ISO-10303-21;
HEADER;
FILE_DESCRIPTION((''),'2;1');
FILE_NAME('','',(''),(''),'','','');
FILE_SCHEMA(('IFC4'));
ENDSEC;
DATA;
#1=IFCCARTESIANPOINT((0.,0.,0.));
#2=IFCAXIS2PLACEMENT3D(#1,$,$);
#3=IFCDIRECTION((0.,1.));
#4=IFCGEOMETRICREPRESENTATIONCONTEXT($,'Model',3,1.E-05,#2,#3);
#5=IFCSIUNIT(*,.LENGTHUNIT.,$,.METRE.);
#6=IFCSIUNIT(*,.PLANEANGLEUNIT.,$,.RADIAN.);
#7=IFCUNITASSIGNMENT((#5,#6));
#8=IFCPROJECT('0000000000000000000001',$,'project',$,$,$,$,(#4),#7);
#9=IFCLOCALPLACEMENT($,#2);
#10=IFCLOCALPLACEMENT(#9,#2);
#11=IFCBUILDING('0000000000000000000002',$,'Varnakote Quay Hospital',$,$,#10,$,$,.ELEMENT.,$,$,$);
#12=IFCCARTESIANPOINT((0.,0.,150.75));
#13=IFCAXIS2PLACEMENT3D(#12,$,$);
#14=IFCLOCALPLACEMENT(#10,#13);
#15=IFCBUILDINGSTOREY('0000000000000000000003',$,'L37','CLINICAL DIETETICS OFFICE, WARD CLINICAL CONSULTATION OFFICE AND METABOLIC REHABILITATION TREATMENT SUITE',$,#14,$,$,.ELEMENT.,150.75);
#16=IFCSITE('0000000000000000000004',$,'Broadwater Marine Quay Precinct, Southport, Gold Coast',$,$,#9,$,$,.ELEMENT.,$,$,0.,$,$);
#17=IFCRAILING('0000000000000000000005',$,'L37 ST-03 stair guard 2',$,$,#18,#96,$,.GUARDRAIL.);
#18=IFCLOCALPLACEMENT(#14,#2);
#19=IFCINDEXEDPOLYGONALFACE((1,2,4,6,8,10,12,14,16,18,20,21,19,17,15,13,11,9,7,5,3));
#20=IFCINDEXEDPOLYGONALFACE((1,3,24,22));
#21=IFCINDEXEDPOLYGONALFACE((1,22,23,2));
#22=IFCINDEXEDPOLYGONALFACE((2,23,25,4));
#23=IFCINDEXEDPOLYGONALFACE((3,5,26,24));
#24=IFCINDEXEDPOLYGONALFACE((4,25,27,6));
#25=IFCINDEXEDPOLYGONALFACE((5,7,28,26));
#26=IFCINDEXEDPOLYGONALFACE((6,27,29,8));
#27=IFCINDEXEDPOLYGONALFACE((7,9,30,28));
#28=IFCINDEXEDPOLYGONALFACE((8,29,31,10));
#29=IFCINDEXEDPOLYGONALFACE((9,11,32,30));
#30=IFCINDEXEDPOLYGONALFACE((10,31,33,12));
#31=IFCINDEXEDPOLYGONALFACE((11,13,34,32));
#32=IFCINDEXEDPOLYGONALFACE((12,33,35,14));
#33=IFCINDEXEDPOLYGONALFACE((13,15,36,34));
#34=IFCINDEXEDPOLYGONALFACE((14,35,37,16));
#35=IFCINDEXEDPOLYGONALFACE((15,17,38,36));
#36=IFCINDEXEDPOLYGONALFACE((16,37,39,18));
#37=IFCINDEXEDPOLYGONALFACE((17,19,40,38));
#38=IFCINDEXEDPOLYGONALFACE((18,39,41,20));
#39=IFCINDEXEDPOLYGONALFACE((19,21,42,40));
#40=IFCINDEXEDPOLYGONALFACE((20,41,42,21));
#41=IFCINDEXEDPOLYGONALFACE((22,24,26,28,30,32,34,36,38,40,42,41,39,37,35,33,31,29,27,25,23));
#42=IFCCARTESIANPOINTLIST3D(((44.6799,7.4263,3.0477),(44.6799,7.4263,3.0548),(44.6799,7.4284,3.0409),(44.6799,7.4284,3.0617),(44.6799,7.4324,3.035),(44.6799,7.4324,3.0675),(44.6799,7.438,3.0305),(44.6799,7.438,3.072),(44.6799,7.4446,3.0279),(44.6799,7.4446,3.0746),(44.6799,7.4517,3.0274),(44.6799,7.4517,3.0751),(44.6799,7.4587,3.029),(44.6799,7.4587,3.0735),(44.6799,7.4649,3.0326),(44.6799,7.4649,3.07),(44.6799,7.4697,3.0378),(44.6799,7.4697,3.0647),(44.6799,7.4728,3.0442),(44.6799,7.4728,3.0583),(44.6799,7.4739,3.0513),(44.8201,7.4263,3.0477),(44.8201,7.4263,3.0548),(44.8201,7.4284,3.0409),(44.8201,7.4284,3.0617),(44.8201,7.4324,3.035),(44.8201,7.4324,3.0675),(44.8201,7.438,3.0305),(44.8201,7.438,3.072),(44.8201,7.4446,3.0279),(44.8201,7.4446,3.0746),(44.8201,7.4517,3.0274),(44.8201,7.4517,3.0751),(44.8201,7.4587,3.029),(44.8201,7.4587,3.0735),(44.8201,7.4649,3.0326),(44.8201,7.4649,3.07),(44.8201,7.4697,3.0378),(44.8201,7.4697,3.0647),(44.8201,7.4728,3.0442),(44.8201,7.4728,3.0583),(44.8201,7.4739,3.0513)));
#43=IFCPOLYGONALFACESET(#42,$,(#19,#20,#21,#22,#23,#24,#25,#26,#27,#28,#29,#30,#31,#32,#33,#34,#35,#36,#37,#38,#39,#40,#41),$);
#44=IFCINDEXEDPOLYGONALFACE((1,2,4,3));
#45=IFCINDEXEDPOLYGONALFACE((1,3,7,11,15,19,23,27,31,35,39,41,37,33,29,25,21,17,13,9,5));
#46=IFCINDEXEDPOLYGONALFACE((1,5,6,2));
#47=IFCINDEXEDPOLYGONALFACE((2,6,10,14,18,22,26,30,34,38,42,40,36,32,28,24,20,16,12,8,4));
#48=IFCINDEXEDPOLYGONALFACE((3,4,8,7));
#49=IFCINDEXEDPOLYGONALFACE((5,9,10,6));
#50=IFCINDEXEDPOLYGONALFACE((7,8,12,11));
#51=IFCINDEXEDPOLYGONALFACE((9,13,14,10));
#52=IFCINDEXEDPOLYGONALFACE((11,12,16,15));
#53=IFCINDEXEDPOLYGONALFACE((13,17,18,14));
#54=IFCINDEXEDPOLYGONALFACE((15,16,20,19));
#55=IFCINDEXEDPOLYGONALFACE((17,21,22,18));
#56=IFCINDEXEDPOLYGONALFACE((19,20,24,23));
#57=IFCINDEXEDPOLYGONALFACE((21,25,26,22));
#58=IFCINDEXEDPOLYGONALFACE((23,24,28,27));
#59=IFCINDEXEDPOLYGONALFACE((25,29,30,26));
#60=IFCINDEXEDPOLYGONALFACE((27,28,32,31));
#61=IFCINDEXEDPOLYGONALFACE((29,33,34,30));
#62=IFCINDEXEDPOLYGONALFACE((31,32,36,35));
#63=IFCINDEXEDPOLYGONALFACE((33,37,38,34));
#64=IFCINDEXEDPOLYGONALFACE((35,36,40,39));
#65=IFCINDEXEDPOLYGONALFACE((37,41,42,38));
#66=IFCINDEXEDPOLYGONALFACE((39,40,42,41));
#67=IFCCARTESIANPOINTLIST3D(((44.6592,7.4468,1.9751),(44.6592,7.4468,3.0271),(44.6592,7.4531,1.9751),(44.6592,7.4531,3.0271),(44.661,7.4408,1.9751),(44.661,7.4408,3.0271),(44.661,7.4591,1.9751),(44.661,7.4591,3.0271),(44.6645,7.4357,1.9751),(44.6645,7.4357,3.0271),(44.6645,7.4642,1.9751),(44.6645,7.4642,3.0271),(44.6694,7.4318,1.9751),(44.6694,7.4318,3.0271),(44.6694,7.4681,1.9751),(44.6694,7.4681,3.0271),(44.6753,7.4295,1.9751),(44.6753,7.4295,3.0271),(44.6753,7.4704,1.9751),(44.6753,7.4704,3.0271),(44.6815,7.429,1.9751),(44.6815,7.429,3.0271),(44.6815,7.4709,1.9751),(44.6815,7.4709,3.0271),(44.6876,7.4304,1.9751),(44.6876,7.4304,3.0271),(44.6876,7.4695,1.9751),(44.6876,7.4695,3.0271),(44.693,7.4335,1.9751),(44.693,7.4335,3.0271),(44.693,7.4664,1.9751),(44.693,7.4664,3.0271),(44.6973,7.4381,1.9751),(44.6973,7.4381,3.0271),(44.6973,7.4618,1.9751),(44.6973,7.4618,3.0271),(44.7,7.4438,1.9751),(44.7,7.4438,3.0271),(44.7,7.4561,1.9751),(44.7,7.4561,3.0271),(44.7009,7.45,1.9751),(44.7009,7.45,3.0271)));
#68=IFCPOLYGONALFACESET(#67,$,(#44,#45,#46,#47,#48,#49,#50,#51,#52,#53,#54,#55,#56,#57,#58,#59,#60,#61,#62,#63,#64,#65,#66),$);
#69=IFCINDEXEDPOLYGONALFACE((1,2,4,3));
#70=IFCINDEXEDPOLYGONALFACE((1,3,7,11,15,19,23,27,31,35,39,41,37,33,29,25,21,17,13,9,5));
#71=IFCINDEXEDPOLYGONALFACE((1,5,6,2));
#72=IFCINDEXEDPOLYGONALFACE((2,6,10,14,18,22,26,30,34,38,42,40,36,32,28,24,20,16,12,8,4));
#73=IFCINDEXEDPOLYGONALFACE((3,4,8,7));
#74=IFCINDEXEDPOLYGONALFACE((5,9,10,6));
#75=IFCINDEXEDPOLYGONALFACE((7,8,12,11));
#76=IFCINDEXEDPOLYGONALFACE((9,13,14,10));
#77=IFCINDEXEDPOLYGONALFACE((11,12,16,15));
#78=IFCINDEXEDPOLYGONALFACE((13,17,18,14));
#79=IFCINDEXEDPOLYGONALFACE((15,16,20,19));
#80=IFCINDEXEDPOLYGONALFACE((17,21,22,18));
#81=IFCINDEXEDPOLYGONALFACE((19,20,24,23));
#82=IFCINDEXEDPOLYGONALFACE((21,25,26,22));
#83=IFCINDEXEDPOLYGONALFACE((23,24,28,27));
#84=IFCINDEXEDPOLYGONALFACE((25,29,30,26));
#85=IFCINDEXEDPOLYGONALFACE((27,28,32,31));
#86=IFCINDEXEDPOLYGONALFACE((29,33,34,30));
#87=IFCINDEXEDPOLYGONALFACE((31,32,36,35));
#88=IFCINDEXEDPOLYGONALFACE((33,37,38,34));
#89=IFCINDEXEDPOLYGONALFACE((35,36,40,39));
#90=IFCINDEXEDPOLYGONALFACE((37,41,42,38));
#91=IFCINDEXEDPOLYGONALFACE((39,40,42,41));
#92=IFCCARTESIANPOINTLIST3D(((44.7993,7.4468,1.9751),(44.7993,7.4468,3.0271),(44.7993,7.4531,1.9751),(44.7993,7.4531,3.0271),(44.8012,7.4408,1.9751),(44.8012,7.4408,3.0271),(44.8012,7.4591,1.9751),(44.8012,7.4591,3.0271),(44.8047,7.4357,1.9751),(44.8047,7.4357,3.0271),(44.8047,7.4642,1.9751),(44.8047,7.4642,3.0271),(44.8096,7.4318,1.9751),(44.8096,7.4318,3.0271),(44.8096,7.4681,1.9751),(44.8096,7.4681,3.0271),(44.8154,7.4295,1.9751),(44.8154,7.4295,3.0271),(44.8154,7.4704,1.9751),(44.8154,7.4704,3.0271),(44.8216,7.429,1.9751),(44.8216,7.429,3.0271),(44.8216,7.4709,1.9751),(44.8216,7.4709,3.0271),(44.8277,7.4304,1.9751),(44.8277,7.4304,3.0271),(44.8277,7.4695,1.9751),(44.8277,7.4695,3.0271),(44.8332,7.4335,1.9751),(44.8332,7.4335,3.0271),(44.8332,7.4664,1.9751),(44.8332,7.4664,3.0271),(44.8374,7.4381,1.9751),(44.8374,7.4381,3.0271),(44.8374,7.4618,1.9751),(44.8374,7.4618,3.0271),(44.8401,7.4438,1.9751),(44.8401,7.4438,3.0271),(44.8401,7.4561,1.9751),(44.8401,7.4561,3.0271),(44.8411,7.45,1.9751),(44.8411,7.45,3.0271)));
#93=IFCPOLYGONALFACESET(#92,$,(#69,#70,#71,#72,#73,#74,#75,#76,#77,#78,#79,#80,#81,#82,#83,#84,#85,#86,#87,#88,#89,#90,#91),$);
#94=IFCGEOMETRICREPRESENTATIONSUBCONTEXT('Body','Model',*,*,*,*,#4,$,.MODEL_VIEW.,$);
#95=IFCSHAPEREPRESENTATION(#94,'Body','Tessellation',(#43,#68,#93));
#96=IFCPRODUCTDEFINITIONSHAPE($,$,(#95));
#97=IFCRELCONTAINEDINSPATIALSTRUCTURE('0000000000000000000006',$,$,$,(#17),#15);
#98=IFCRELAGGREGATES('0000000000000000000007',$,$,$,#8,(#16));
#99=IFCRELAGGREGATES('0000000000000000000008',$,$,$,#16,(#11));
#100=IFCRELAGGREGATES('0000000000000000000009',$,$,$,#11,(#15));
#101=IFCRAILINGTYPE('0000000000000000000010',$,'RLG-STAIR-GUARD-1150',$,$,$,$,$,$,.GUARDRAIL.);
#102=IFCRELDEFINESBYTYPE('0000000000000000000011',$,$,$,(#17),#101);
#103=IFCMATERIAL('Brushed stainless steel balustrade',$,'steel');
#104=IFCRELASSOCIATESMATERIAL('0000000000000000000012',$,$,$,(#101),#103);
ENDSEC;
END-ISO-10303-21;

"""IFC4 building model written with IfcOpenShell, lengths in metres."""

from ifc_helpers import new_model, si_unit, direction, frame, origin, origin_2d, place, context, subcontext, project, spatial, circle, extrude, material, type_object, element, save


model = new_model("IFC4")

# Units and contexts
model_context = context("Model", 3, precision=1e-05, world=origin(), true_north=direction((0.0, 1.0)))
body_context = subcontext(model_context, "Body", "Model", "MODEL_VIEW")
ifc_project = project(units=[si_unit("LENGTHUNIT", "METRE"), si_unit("PLANEANGLEUNIT", "RADIAN")], contexts=[model_context])

# Site, building, storey
site_placement = place(None, origin())
site = spatial("IfcSite", under=ifc_project, at=site_placement, Name="Broadwater Marine Quay Precinct, Southport, Gold Coast", CompositionType="ELEMENT", RefElevation=0.0)
building_placement = place(site_placement, origin())
building = spatial("IfcBuilding", under=site, at=building_placement, Name="Varnakote Quay Hospital", CompositionType="ELEMENT")
storey_placement = place(building_placement, frame((0.0, 0.0, 150.75)))
storey = spatial("IfcBuildingStorey", under=building, at=storey_placement, Name="L37", Description="CLINICAL DIETETICS OFFICE, WARD CLINICAL CONSULTATION OFFICE AND METABOLIC REHABILITATION TREATMENT SUITE", CompositionType="ELEMENT", Elevation=150.75)

# Railing
ifc_material_1 = material(Name="Brushed stainless steel balustrade", Category="steel")
railing_type_1 = type_object("IfcRailingType", Name="RLG-STAIR-GUARD-1150", PredefinedType="GUARDRAIL", material=ifc_material_1)
railing_1_placement = place(storey_placement, frame((44.6799, 7.45, 1.9751)))
element("IfcRailing", 1, at=railing_1_placement, inside=storey, type_object=railing_type_1, Name="L37 ST-03 stair guard 2", PredefinedType="GUARDRAIL", context=body_context, shape_type="SweptSolid", body=[
    extrude(circle(Radius=0.0239, at=origin_2d()), frame((0.0, 0.0, 1.0762), z_axis=(1.0, 0.0, 0.0), x_axis=(0.0, 1.0, 0.0)), (0.0, 0.0, 1.0), 0.1401),
    extrude(circle(Radius=0.021, at=origin_2d()), origin(), (0.0, 0.0, 1.0), 1.052),
    extrude(circle(Radius=0.021, at=origin_2d()), frame((0.1401, 0.0, 0.0)), (0.0, 0.0, 1.0), 1.052),
])

save(model, "model.ifc")
